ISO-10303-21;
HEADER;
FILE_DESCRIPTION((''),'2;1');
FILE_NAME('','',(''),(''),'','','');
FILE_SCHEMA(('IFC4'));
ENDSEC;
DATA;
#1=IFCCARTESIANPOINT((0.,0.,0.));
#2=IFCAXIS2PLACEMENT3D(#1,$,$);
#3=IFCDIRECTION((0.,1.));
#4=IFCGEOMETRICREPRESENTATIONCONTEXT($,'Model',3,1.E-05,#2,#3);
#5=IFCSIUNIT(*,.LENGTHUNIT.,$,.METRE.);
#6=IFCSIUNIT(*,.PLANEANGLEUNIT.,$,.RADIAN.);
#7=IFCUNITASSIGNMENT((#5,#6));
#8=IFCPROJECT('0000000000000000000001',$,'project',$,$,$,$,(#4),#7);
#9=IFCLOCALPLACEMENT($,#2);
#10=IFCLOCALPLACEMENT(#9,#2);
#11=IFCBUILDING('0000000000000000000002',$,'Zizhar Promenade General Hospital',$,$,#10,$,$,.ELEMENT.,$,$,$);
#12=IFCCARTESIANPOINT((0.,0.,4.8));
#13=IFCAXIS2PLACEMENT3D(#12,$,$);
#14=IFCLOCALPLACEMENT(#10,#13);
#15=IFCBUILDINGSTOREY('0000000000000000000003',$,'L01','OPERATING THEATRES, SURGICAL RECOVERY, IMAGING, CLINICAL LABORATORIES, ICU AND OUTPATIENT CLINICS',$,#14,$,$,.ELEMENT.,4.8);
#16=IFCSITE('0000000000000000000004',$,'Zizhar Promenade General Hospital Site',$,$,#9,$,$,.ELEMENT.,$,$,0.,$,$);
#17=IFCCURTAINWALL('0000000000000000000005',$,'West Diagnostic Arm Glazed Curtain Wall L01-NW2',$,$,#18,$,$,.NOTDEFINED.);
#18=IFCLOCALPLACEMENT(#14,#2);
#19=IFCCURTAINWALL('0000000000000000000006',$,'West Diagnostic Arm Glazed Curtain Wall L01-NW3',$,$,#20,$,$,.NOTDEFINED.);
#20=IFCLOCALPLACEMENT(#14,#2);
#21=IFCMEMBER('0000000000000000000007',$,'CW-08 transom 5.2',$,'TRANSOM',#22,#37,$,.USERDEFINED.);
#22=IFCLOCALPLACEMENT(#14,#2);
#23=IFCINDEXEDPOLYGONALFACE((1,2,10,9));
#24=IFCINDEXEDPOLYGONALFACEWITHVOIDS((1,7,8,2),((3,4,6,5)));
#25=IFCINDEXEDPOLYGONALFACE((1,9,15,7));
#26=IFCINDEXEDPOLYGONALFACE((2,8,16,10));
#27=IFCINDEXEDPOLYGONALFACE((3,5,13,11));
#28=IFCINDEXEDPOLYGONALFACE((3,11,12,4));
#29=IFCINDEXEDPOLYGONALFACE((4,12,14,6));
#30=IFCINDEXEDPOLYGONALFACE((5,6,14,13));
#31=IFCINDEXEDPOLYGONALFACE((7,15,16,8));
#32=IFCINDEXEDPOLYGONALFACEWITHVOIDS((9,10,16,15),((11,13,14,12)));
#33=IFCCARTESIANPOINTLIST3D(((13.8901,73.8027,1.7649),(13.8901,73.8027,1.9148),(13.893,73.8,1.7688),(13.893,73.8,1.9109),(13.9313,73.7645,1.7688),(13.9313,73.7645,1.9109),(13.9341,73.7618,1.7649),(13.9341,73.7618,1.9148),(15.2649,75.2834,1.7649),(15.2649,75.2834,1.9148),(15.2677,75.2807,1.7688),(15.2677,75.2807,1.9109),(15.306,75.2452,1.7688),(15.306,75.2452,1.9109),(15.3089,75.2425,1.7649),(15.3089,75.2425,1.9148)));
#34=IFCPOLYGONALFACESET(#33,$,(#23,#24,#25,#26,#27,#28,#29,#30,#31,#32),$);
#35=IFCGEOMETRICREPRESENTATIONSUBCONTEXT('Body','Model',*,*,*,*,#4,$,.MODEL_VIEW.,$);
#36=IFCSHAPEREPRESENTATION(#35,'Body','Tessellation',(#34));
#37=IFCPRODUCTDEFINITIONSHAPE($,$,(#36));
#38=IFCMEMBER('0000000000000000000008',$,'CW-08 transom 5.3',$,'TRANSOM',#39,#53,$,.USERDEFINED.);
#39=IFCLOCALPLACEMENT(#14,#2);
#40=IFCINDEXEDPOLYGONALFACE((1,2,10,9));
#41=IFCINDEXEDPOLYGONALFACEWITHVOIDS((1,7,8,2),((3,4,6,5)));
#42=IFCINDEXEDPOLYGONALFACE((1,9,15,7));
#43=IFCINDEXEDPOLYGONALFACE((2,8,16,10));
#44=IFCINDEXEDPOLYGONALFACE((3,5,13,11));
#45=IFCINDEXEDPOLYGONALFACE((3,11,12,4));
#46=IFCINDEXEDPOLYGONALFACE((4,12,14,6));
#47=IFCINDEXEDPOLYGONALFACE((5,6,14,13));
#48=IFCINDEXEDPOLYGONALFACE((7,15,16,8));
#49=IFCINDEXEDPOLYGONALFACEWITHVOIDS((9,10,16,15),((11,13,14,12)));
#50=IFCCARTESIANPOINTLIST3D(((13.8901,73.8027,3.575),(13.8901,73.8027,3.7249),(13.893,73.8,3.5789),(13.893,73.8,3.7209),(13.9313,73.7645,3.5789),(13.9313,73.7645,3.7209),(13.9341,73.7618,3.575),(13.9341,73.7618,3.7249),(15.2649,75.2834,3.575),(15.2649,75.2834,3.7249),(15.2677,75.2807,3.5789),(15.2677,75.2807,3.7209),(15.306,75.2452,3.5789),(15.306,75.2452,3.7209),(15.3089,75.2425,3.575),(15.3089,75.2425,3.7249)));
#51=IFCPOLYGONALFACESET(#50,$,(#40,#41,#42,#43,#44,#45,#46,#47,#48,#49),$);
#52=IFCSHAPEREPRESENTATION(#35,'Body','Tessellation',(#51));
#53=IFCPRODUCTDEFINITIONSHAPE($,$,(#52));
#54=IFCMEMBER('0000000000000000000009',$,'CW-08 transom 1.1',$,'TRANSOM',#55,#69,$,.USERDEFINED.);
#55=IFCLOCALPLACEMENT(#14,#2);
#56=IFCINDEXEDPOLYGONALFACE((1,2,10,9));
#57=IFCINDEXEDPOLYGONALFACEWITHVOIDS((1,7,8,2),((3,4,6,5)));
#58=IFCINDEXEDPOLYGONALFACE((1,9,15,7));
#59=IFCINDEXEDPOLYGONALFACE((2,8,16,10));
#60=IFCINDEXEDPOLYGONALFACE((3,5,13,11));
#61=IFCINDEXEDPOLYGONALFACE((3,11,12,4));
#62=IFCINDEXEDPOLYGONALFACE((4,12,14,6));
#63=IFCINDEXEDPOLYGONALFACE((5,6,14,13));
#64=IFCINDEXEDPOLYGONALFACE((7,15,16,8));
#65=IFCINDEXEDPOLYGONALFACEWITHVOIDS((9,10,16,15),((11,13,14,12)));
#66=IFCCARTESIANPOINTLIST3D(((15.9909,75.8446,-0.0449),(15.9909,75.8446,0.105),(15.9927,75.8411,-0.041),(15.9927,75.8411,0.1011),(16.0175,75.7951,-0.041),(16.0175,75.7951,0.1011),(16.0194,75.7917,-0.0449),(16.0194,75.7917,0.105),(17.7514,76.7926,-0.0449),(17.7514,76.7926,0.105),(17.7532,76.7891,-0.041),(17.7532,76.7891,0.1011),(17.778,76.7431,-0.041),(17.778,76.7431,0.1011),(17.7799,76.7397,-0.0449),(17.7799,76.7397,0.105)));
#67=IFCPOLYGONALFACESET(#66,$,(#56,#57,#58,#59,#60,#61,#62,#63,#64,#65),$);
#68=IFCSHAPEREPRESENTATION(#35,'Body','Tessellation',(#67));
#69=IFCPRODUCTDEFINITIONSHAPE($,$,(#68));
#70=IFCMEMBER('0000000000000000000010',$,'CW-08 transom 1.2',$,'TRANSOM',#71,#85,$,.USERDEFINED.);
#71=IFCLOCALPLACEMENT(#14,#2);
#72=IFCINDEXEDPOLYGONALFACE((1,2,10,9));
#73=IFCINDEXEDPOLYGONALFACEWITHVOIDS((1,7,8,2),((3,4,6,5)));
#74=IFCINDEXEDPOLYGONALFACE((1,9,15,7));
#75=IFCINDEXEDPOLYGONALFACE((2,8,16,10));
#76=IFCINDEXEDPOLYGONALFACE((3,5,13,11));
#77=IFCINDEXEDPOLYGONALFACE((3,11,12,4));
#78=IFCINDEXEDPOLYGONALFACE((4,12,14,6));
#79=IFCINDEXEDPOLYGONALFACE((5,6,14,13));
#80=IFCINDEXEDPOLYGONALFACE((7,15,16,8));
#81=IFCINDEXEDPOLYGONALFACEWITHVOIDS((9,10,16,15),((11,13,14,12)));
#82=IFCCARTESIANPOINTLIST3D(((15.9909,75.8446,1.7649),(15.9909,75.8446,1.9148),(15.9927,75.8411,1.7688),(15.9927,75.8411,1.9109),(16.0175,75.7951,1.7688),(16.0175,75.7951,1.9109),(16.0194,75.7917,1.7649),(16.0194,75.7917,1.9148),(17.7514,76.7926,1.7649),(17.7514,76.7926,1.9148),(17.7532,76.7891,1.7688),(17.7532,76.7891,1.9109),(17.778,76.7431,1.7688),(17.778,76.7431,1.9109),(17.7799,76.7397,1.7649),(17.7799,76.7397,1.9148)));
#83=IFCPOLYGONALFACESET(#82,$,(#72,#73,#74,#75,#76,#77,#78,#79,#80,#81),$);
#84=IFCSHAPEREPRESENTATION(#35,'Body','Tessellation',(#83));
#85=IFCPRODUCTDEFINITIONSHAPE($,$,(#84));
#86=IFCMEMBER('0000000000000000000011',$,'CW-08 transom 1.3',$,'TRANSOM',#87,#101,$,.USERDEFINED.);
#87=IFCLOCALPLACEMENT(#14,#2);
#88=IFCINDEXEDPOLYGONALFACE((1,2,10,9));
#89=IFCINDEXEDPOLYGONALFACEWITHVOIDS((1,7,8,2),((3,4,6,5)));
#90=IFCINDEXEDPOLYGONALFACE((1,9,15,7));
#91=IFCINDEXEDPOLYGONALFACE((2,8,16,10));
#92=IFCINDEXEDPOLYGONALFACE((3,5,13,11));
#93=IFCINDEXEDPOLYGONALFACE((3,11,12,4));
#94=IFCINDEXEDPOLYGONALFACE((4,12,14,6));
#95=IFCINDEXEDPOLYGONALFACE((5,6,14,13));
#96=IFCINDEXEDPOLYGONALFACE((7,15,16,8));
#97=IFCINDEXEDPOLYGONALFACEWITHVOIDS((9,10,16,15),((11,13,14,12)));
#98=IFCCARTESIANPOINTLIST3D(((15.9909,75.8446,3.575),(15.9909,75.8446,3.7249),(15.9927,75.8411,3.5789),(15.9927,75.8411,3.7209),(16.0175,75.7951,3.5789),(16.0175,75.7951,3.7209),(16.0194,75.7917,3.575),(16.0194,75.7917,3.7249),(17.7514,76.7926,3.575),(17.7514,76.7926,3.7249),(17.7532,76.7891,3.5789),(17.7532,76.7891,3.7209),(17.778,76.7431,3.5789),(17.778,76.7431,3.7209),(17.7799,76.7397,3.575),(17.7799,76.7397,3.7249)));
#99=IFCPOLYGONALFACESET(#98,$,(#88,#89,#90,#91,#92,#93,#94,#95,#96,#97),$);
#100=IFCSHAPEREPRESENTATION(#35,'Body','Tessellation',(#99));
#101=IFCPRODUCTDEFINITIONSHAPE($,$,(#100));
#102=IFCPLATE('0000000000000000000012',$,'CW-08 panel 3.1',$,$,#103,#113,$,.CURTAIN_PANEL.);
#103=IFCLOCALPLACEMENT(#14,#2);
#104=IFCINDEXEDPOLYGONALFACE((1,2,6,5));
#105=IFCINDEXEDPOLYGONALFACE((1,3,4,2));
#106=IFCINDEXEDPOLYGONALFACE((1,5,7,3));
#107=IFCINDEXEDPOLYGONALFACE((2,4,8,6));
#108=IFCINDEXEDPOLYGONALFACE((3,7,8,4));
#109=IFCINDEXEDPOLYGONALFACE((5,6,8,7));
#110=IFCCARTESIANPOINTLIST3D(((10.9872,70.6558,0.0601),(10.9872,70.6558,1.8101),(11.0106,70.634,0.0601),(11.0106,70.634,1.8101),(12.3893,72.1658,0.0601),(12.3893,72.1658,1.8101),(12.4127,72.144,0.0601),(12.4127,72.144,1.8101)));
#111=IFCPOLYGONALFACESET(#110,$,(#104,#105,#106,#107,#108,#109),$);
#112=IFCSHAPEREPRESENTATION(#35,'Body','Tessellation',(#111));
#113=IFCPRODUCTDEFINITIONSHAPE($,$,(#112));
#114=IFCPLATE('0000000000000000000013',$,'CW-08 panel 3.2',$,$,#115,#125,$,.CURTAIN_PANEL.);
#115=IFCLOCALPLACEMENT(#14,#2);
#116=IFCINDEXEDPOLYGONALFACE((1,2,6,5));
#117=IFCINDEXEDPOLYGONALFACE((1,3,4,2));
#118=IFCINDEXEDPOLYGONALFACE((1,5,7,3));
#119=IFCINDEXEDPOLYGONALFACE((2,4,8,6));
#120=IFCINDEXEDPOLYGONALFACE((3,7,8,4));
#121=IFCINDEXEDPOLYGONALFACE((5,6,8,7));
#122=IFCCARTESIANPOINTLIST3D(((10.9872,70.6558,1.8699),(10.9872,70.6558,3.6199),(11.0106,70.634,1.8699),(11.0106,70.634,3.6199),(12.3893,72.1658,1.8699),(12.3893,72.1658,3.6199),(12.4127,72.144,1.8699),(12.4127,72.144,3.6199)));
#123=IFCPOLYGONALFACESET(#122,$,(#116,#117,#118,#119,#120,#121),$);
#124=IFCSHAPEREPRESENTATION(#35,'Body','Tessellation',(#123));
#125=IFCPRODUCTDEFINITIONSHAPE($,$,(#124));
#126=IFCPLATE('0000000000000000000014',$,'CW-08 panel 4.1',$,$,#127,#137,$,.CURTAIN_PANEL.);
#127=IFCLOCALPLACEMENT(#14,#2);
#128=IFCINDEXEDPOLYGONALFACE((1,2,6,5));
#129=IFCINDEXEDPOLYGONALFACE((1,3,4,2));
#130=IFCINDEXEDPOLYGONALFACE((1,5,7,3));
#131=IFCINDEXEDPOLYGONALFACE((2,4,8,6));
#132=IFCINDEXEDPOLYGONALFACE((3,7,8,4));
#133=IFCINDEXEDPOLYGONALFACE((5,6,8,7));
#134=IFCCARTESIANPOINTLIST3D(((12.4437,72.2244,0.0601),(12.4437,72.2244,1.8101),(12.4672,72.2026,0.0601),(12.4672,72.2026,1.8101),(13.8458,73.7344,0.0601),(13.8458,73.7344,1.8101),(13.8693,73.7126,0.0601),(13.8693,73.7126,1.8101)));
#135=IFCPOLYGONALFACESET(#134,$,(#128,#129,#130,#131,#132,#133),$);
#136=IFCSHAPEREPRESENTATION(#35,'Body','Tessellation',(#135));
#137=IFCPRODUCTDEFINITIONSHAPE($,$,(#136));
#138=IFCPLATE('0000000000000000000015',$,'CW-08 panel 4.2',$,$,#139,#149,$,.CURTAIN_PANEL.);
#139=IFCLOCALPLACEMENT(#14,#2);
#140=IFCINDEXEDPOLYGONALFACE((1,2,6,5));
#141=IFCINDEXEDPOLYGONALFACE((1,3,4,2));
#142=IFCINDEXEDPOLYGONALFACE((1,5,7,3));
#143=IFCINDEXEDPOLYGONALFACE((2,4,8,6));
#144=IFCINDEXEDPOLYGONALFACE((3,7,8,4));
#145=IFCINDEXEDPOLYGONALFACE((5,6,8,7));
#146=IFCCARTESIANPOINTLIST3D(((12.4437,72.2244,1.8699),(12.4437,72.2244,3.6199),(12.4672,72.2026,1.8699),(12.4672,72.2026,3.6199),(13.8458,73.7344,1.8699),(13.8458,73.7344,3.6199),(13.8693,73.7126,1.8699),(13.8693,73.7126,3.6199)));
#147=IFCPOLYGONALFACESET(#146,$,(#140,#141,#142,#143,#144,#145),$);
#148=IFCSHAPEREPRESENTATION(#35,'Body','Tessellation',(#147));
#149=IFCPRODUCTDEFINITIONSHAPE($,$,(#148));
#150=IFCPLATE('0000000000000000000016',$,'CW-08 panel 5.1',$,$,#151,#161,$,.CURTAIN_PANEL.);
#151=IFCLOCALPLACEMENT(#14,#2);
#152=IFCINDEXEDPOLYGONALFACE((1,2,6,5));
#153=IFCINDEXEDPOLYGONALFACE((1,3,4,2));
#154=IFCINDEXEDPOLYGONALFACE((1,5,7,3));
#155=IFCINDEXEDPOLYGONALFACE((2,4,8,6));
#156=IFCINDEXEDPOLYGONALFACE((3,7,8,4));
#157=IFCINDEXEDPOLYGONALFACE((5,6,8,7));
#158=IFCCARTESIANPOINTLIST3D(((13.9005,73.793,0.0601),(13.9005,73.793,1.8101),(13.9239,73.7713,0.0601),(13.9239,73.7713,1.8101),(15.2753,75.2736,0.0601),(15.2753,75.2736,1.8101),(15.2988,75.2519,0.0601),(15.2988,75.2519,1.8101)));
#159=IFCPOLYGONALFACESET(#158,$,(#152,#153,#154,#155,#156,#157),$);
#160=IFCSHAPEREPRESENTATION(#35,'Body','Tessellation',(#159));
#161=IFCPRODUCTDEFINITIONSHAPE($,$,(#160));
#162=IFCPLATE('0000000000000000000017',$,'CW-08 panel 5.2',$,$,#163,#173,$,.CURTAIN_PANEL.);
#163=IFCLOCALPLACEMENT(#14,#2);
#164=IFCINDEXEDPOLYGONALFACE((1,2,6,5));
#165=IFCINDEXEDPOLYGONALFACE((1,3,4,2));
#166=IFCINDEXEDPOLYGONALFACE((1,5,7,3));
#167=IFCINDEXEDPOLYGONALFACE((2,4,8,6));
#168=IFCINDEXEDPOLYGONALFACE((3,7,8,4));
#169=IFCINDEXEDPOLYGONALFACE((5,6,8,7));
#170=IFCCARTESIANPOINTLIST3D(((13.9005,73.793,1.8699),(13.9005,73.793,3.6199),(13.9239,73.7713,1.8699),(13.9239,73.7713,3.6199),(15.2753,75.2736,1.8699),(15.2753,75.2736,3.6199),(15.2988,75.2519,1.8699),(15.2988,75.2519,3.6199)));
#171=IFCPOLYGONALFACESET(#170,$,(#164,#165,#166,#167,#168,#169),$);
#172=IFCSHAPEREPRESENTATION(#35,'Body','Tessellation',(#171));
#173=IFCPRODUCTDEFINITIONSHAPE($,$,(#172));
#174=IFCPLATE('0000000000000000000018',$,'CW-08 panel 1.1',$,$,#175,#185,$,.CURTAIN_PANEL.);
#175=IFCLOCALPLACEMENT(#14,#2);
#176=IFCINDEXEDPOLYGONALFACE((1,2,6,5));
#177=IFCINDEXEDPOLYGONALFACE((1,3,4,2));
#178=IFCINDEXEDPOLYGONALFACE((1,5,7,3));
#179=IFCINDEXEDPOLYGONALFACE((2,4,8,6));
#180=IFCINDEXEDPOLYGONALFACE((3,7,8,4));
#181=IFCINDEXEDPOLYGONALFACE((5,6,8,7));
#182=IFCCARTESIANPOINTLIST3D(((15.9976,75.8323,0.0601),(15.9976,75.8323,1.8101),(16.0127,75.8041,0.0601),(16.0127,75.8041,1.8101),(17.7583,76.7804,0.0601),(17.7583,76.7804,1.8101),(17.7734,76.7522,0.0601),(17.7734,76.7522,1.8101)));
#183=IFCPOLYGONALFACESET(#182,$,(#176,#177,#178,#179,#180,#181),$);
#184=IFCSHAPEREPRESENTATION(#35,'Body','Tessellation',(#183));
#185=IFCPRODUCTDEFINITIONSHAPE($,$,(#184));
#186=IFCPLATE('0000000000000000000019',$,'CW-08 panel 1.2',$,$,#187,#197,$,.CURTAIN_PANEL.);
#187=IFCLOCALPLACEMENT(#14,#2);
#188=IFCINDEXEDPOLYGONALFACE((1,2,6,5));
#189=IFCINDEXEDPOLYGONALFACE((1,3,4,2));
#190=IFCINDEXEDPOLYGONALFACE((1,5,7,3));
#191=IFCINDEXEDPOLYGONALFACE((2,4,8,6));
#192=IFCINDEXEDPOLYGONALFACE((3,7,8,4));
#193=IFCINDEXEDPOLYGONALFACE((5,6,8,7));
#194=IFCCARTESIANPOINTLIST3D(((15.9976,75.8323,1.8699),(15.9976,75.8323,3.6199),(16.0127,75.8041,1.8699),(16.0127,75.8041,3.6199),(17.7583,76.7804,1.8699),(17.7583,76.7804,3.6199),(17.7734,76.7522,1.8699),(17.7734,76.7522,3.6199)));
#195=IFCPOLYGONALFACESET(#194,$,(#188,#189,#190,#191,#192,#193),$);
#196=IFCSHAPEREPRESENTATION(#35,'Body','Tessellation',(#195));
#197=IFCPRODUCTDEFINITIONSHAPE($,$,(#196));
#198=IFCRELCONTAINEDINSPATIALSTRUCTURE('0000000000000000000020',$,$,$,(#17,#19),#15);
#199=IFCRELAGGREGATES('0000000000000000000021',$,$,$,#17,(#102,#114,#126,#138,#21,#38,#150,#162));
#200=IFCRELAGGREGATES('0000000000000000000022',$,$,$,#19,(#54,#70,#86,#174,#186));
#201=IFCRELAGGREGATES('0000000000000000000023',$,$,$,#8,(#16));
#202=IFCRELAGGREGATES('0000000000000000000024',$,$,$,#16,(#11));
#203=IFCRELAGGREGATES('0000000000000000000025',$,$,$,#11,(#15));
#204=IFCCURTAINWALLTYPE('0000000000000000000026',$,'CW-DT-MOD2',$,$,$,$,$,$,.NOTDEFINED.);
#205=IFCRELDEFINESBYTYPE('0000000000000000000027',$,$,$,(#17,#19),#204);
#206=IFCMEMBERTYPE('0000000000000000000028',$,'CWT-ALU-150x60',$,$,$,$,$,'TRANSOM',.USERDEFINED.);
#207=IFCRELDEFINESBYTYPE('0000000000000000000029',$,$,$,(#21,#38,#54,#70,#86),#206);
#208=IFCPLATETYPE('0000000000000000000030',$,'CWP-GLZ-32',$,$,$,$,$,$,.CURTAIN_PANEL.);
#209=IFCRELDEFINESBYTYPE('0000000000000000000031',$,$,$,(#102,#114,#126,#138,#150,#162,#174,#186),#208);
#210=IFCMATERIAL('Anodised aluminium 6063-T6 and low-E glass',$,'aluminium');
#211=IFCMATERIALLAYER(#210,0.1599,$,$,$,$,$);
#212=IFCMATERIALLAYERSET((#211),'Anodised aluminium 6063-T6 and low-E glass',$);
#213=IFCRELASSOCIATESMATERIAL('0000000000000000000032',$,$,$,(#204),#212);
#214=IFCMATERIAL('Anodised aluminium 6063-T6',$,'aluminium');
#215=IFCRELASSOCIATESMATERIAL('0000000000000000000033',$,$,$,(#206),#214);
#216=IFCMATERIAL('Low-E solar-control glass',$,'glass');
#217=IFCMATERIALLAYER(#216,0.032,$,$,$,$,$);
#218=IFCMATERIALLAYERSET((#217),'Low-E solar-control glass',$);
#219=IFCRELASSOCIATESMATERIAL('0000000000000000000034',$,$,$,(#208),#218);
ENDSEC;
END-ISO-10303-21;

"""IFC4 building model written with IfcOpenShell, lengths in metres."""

from ifc_helpers import new_model, si_unit, direction, frame, origin, origin_2d, place, context, subcontext, project, spatial, rectangle, hollow_rectangle, extrude, material, layer, layer_set, material_profile, profile_set, type_object, element, aggregate, save


model = new_model("IFC4")

# Units and contexts
model_context = context("Model", 3, precision=1e-05, world=origin(), true_north=direction((0.0, 1.0)))
body_context = subcontext(model_context, "Body", "Model", "MODEL_VIEW")
ifc_project = project(units=[si_unit("LENGTHUNIT", "METRE"), si_unit("PLANEANGLEUNIT", "RADIAN")], contexts=[model_context])

# Site, building, storey
site_placement = place(None, origin())
site = spatial("IfcSite", under=ifc_project, at=site_placement, Name="Zizhar Promenade General Hospital Site", CompositionType="ELEMENT", RefElevation=0.0)
building_placement = place(site_placement, origin())
building = spatial("IfcBuilding", under=site, at=building_placement, Name="Zizhar Promenade General Hospital", CompositionType="ELEMENT")
storey_placement = place(building_placement, frame((0.0, 0.0, 4.8)))
storey = spatial("IfcBuildingStorey", under=building, at=storey_placement, Name="L01", Description="OPERATING THEATRES, SURGICAL RECOVERY, IMAGING, CLINICAL LABORATORIES, ICU AND OUTPATIENT CLINICS", CompositionType="ELEMENT", Elevation=4.8)

# Curtain walls
ifc_material_1 = material(Name="Anodised aluminium 6063-T6 and low-E glass", Category="aluminium")
ifc_layer_1 = layer(ifc_material_1, 0.1599)
ifc_layer_set_1 = layer_set([ifc_layer_1], Name="Anodised aluminium 6063-T6 and low-E glass")
curtain_wall_type = type_object("IfcCurtainWallType", Name="CW-DT-MOD2", PredefinedType="NOTDEFINED", material=ifc_layer_set_1)
curtain_wall_1_placement = place(storey_placement, origin())
curtain_wall_1 = element("IfcCurtainWall", 1, at=curtain_wall_1_placement, inside=storey, type_object=curtain_wall_type, Name="West Diagnostic Arm Glazed Curtain Wall L01-NW2", PredefinedType="NOTDEFINED")
curtain_wall_2_placement = place(storey_placement, origin())
curtain_wall_2 = element("IfcCurtainWall", 2, at=curtain_wall_2_placement, inside=storey, type_object=curtain_wall_type, Name="West Diagnostic Arm Glazed Curtain Wall L01-NW3", PredefinedType="NOTDEFINED")

# Members
ifc_material_2 = material(Name="Anodised aluminium 6063-T6", Category="aluminium")
ifc_material_profile_1 = material_profile(ifc_material_2, hollow_rectangle(XDim=0.0601, YDim=0.1499, WallThickness=0.0039, at=origin_2d()))
ifc_profile_set_1 = profile_set([ifc_material_profile_1], Name="Anodised aluminium 6063-T6")
member_type_1 = type_object("IfcMemberType", Name="CWT-ALU-150x60", ElementType="TRANSOM", PredefinedType="USERDEFINED", material=ifc_profile_set_1)
member_1_placement = place(storey_placement, frame((13.9121, 73.7822, 1.8398), z_axis=(0.6804, 0.732841, 0.0), x_axis=(-0.732841, 0.6804, 0.0)))
member_1 = element("IfcMember", 3, at=member_1_placement, type_object=member_type_1, Name="CW-08 transom 5.2", ObjectType="TRANSOM", PredefinedType="USERDEFINED", context=body_context, shape_type="SweptSolid", body=[
    extrude(hollow_rectangle(XDim=0.0601, YDim=0.1499, WallThickness=0.0039, at=origin_2d()), origin(), (0.0, 0.0, 1.0), 2.0205),
])
member_2_placement = place(storey_placement, frame((13.9121, 73.7822, 3.6499), z_axis=(0.6804, 0.732841, 0.0), x_axis=(-0.732841, 0.6804, 0.0)))
member_2 = element("IfcMember", 4, at=member_2_placement, type_object=member_type_1, Name="CW-08 transom 5.3", ObjectType="TRANSOM", PredefinedType="USERDEFINED", context=body_context, shape_type="SweptSolid", body=[
    extrude(hollow_rectangle(XDim=0.0601, YDim=0.1499, WallThickness=0.0039, at=origin_2d()), origin(), (0.0, 0.0, 1.0), 2.0205),
])
member_3_placement = place(storey_placement, frame((16.0051, 75.8181, 0.03), z_axis=(0.880463, 0.474114, 0.0), x_axis=(-0.474114, 0.880463, 0.0)))
member_3 = element("IfcMember", 5, at=member_3_placement, type_object=member_type_1, Name="CW-08 transom 1.1", ObjectType="TRANSOM", PredefinedType="USERDEFINED", context=body_context, shape_type="SweptSolid", body=[
    extrude(hollow_rectangle(XDim=0.0601, YDim=0.1499, WallThickness=0.0039, at=origin_2d()), origin(), (0.0, 0.0, 1.0), 1.9995),
])
member_4_placement = place(storey_placement, frame((16.0051, 75.8181, 1.8398), z_axis=(0.880463, 0.474114, 0.0), x_axis=(-0.474114, 0.880463, 0.0)))
member_4 = element("IfcMember", 6, at=member_4_placement, type_object=member_type_1, Name="CW-08 transom 1.2", ObjectType="TRANSOM", PredefinedType="USERDEFINED", context=body_context, shape_type="SweptSolid", body=[
    extrude(hollow_rectangle(XDim=0.0601, YDim=0.1499, WallThickness=0.0039, at=origin_2d()), origin(), (0.0, 0.0, 1.0), 1.9995),
])
member_5_placement = place(storey_placement, frame((16.0051, 75.8181, 3.6499), z_axis=(0.880463, 0.474114, 0.0), x_axis=(-0.474114, 0.880463, 0.0)))
member_5 = element("IfcMember", 7, at=member_5_placement, type_object=member_type_1, Name="CW-08 transom 1.3", ObjectType="TRANSOM", PredefinedType="USERDEFINED", context=body_context, shape_type="SweptSolid", body=[
    extrude(hollow_rectangle(XDim=0.0601, YDim=0.1499, WallThickness=0.0039, at=origin_2d()), origin(), (0.0, 0.0, 1.0), 1.9995),
])

# Plates
ifc_material_3 = material(Name="Low-E solar-control glass", Category="glass")
ifc_layer_2 = layer(ifc_material_3, 0.032)
ifc_layer_set_2 = layer_set([ifc_layer_2], Name="Low-E solar-control glass")
plate_type = type_object("IfcPlateType", Name="CWP-GLZ-32", PredefinedType="CURTAIN_PANEL", material=ifc_layer_set_2)
plate_1_placement = place(storey_placement, frame((11.7, 71.3999, 0.0601), z_axis=(0.0, 0.0, 1.0), x_axis=(0.680452, 0.732793, 0.0)))
plate_1 = element("IfcPlate", 8, at=plate_1_placement, type_object=plate_type, Name="CW-08 panel 3.1", PredefinedType="CURTAIN_PANEL", context=body_context, shape_type="SweptSolid", body=[
    extrude(rectangle(XDim=2.0605, YDim=0.032, at=origin_2d()), origin(), (0.0, 0.0, 1.0), 1.75),
])
plate_2_placement = place(storey_placement, frame((11.7, 71.3999, 1.8699), z_axis=(0.0, 0.0, 1.0), x_axis=(0.680452, 0.732793, 0.0)))
plate_2 = element("IfcPlate", 9, at=plate_2_placement, type_object=plate_type, Name="CW-08 panel 3.2", PredefinedType="CURTAIN_PANEL", context=body_context, shape_type="SweptSolid", body=[
    extrude(rectangle(XDim=2.0605, YDim=0.032, at=origin_2d()), origin(), (0.0, 0.0, 1.0), 1.75),
])
plate_3_placement = place(storey_placement, frame((13.1565, 72.9685, 0.0601), z_axis=(0.0, 0.0, 1.0), x_axis=(0.680452, 0.732793, 0.0)))
plate_3 = element("IfcPlate", 10, at=plate_3_placement, type_object=plate_type, Name="CW-08 panel 4.1", PredefinedType="CURTAIN_PANEL", context=body_context, shape_type="SweptSolid", body=[
    extrude(rectangle(XDim=2.0605, YDim=0.032, at=origin_2d()), origin(), (0.0, 0.0, 1.0), 1.75),
])
plate_4_placement = place(storey_placement, frame((13.1565, 72.9685, 1.8699), z_axis=(0.0, 0.0, 1.0), x_axis=(0.680452, 0.732793, 0.0)))
plate_4 = element("IfcPlate", 11, at=plate_4_placement, type_object=plate_type, Name="CW-08 panel 4.2", PredefinedType="CURTAIN_PANEL", context=body_context, shape_type="SweptSolid", body=[
    extrude(rectangle(XDim=2.0605, YDim=0.032, at=origin_2d()), origin(), (0.0, 0.0, 1.0), 1.75),
])
plate_5_placement = place(storey_placement, frame((14.5996, 74.5225, 0.0601), z_axis=(0.0, 0.0, 1.0), x_axis=(0.680452, 0.732793, 0.0)))
plate_5 = element("IfcPlate", 12, at=plate_5_placement, type_object=plate_type, Name="CW-08 panel 5.1", PredefinedType="CURTAIN_PANEL", context=body_context, shape_type="SweptSolid", body=[
    extrude(rectangle(XDim=2.0205, YDim=0.032, at=origin_2d()), origin(), (0.0, 0.0, 1.0), 1.75),
])
plate_6_placement = place(storey_placement, frame((14.5996, 74.5225, 1.8699), z_axis=(0.0, 0.0, 1.0), x_axis=(0.680452, 0.732793, 0.0)))
plate_6 = element("IfcPlate", 13, at=plate_6_placement, type_object=plate_type, Name="CW-08 panel 5.2", PredefinedType="CURTAIN_PANEL", context=body_context, shape_type="SweptSolid", body=[
    extrude(rectangle(XDim=2.0205, YDim=0.032, at=origin_2d()), origin(), (0.0, 0.0, 1.0), 1.75),
])
aggregate(curtain_wall_1, [plate_1, plate_2, plate_3, plate_4, member_1, member_2, plate_5, plate_6])
plate_7_placement = place(storey_placement, frame((16.8855, 76.2922, 0.0601), z_axis=(0.0, 0.0, 1.0), x_axis=(0.880473, 0.474097, 0.0)))
plate_7 = element("IfcPlate", 14, at=plate_7_placement, type_object=plate_type, Name="CW-08 panel 1.1", PredefinedType="CURTAIN_PANEL", context=body_context, shape_type="SweptSolid", body=[
    extrude(rectangle(XDim=1.9998, YDim=0.032, at=origin_2d()), origin(), (0.0, 0.0, 1.0), 1.75),
])
plate_8_placement = place(storey_placement, frame((16.8855, 76.2922, 1.8699), z_axis=(0.0, 0.0, 1.0), x_axis=(0.880473, 0.474097, 0.0)))
plate_8 = element("IfcPlate", 15, at=plate_8_placement, type_object=plate_type, Name="CW-08 panel 1.2", PredefinedType="CURTAIN_PANEL", context=body_context, shape_type="SweptSolid", body=[
    extrude(rectangle(XDim=1.9998, YDim=0.032, at=origin_2d()), origin(), (0.0, 0.0, 1.0), 1.75),
])
aggregate(curtain_wall_2, [member_3, member_4, member_5, plate_7, plate_8])

save(model, "model.ifc")
